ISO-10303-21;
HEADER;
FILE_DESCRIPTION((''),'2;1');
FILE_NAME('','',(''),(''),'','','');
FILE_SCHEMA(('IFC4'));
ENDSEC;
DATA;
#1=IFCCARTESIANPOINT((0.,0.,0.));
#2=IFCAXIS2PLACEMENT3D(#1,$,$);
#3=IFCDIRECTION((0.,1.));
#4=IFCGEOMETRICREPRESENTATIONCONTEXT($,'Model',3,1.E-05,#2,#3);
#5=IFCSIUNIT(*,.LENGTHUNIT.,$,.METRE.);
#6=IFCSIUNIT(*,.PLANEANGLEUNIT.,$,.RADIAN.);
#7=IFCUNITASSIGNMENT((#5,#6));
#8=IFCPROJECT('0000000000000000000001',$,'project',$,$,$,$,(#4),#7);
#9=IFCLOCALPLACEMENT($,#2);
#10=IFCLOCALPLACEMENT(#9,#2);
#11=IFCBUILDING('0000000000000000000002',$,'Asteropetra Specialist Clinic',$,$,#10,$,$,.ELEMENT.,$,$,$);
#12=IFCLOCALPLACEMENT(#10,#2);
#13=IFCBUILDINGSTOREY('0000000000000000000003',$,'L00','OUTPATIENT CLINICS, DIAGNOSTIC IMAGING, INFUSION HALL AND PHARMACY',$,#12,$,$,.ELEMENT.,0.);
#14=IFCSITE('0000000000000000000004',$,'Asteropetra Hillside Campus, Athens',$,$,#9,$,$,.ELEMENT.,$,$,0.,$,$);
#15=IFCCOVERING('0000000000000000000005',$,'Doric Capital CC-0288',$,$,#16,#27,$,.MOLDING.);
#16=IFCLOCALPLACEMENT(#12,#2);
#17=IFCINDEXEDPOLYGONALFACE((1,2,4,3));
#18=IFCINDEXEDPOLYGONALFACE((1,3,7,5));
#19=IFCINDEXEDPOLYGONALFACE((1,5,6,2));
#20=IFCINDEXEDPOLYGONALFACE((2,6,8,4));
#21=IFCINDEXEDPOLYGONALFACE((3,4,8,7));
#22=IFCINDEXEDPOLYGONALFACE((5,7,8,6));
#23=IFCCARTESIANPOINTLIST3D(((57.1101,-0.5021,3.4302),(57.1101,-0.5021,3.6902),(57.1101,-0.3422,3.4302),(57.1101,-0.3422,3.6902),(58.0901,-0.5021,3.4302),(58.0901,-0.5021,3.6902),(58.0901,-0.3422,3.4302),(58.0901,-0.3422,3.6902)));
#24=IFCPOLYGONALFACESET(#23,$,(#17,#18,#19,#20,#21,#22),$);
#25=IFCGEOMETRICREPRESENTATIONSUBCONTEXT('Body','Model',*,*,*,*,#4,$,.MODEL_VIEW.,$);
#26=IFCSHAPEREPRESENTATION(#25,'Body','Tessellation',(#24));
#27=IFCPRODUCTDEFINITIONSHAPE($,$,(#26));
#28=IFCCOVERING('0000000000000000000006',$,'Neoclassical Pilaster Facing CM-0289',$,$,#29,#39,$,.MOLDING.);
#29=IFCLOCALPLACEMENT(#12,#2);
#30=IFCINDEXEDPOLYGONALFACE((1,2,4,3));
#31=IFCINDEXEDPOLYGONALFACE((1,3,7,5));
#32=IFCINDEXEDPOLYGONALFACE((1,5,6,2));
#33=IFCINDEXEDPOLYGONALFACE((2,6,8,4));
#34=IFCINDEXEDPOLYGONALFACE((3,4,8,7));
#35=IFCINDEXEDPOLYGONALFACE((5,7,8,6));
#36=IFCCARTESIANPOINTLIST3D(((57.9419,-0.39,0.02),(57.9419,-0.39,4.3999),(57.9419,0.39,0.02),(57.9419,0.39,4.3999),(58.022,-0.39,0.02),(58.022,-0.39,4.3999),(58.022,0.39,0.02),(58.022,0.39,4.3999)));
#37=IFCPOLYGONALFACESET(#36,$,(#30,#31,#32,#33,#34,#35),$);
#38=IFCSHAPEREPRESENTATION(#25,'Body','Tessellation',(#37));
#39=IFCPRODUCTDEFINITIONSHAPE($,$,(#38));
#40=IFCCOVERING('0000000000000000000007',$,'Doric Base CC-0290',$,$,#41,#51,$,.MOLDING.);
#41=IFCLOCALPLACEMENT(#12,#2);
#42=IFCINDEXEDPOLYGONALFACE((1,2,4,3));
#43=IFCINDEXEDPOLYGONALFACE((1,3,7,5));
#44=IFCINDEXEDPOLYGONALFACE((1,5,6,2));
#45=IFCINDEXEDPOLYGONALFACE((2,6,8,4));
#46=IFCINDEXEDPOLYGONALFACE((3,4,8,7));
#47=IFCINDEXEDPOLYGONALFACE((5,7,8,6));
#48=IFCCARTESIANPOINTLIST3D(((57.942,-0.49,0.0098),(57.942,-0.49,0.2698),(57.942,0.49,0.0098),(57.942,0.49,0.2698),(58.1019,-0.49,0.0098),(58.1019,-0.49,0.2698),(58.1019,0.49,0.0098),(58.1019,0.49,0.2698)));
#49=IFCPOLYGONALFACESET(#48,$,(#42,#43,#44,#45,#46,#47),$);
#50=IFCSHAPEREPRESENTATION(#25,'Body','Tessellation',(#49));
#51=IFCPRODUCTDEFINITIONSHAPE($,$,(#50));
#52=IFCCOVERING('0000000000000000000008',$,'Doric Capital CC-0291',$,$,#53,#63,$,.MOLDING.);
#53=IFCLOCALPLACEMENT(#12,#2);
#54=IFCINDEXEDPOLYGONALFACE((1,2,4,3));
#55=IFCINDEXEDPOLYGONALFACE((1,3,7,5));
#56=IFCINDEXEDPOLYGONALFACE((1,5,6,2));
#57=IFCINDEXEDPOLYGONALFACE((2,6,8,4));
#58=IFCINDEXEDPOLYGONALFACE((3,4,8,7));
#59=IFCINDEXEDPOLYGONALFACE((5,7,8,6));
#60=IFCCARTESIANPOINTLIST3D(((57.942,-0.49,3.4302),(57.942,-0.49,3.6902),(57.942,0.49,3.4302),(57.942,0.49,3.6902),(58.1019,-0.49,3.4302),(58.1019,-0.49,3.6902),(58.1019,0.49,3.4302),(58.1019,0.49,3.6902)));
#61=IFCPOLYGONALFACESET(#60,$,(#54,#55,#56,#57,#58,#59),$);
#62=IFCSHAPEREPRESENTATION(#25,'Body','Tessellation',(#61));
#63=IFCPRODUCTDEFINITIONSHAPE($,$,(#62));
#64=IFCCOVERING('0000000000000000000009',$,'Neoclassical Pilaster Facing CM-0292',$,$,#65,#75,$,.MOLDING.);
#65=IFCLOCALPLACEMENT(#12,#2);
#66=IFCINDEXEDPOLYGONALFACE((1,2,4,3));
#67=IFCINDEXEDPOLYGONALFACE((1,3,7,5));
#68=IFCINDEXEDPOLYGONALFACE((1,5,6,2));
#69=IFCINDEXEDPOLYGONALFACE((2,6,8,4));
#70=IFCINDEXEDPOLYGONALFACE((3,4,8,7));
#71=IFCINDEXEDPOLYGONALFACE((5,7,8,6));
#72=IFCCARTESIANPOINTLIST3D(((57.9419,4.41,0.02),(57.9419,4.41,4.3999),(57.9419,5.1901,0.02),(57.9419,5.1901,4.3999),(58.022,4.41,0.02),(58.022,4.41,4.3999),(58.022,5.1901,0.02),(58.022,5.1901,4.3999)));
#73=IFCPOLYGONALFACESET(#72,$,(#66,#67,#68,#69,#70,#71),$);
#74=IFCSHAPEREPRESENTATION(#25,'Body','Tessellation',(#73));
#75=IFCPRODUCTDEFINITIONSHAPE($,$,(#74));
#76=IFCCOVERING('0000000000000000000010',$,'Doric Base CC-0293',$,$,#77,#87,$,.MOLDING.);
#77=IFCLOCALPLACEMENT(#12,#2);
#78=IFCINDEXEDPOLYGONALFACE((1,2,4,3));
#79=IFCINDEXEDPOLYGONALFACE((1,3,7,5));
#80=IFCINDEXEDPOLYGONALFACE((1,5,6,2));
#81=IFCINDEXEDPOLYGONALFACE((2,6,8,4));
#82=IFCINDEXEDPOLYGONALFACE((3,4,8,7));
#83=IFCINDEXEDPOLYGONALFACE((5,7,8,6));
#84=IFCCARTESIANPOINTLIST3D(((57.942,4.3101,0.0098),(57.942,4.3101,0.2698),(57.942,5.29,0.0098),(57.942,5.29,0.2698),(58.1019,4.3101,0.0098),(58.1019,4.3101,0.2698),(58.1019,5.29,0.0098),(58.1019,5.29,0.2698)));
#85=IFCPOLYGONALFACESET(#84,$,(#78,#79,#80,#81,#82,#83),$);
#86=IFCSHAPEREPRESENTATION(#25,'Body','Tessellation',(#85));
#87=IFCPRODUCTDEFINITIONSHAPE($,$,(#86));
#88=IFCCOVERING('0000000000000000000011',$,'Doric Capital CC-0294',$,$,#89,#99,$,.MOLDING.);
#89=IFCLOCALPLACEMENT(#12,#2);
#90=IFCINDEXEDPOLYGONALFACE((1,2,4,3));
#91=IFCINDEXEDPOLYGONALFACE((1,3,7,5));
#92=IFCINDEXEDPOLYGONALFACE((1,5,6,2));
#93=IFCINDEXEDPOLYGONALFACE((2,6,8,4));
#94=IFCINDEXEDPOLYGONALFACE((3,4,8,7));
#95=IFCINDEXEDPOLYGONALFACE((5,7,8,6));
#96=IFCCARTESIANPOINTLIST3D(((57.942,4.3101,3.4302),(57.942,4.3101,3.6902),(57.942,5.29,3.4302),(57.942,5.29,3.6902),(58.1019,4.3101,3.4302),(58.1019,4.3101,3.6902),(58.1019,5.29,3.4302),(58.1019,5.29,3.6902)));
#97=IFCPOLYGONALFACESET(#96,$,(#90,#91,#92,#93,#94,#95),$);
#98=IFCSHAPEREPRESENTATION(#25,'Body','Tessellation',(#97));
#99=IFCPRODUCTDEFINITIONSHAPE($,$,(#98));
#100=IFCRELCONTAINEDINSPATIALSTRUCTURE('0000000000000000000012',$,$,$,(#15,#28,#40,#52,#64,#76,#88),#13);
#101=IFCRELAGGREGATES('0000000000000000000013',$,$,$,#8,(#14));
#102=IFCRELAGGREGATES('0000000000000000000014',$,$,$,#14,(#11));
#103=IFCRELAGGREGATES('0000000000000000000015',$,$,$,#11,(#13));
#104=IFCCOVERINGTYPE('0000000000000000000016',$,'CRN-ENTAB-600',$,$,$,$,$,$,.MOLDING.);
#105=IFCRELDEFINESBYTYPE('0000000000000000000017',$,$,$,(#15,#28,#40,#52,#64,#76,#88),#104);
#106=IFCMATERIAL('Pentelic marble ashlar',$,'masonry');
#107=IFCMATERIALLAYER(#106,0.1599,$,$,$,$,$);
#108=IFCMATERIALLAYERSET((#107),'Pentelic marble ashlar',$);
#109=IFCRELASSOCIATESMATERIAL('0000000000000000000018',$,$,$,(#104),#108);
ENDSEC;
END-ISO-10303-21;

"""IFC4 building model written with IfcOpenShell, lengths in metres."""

from ifc_helpers import new_model, si_unit, direction, frame, origin, origin_2d, place, context, subcontext, project, spatial, rectangle, extrude, material, layer, layer_set, type_object, element, save


model = new_model("IFC4")

# Units and contexts
model_context = context("Model", 3, precision=1e-05, world=origin(), true_north=direction((0.0, 1.0)))
body_context = subcontext(model_context, "Body", "Model", "MODEL_VIEW")
ifc_project = project(units=[si_unit("LENGTHUNIT", "METRE"), si_unit("PLANEANGLEUNIT", "RADIAN")], contexts=[model_context])

# Site, building, storey
site_placement = place(None, origin())
site = spatial("IfcSite", under=ifc_project, at=site_placement, Name="Asteropetra Hillside Campus, Athens", CompositionType="ELEMENT", RefElevation=0.0)
building_placement = place(site_placement, origin())
building = spatial("IfcBuilding", under=site, at=building_placement, Name="Asteropetra Specialist Clinic", CompositionType="ELEMENT")
storey_placement = place(building_placement, origin())
storey = spatial("IfcBuildingStorey", under=building, at=storey_placement, Name="L00", Description="OUTPATIENT CLINICS, DIAGNOSTIC IMAGING, INFUSION HALL AND PHARMACY", CompositionType="ELEMENT", Elevation=0.0)

# Coverings
ifc_material_1 = material(Name="Pentelic marble ashlar", Category="masonry")
ifc_layer_1 = layer(ifc_material_1, 0.1599)
ifc_layer_set_1 = layer_set([ifc_layer_1], Name="Pentelic marble ashlar")
covering_type = type_object("IfcCoveringType", Name="CRN-ENTAB-600", PredefinedType="MOLDING", material=ifc_layer_set_1)
for number, where, z_axis, x_axis, name in (
    (1, (57.6001, -0.4221, 3.4302), (0.0, 0.0, 1.0), (1.0, 0.0, 0.0), "Doric Capital CC-0288"),
):
    element("IfcCovering", number, at=place(storey_placement, frame(where, z_axis=z_axis, x_axis=x_axis)), inside=storey, type_object=covering_type, Name=name, PredefinedType="MOLDING", context=body_context, shape_type="SweptSolid", body=[
        extrude(rectangle(XDim=0.98, YDim=0.1599, at=origin_2d()), origin(), (0.0, 0.0, 1.0), 0.26),
    ])
covering_1_placement = place(storey_placement, frame((57.9819, 0.0, 0.02), z_axis=(0.0, 0.0, 1.0), x_axis=(1.0, 0.0, 0.0)))
element("IfcCovering", 2, at=covering_1_placement, inside=storey, type_object=covering_type, Name="Neoclassical Pilaster Facing CM-0289", PredefinedType="MOLDING", context=body_context, shape_type="SweptSolid", body=[
    extrude(rectangle(XDim=0.0801, YDim=0.78, at=origin_2d()), origin(), (0.0, 0.0, 1.0), 4.3799),
])
for number, where, z_axis, x_axis, name in (
    (3, (58.022, 0.0, 0.0098), (0.0, 0.0, 1.0), (1.0, 0.0, 0.0), "Doric Base CC-0290"),
    (4, (58.022, 0.0, 3.4302), (0.0, 0.0, 1.0), (1.0, 0.0, 0.0), "Doric Capital CC-0291"),
):
    element("IfcCovering", number, at=place(storey_placement, frame(where, z_axis=z_axis, x_axis=x_axis)), inside=storey, type_object=covering_type, Name=name, PredefinedType="MOLDING", context=body_context, shape_type="SweptSolid", body=[
        extrude(rectangle(XDim=0.1599, YDim=0.98, at=origin_2d()), origin(), (0.0, 0.0, 1.0), 0.26),
    ])
covering_2_placement = place(storey_placement, frame((57.9819, 4.8, 0.02), z_axis=(0.0, 0.0, 1.0), x_axis=(1.0, 0.0, 0.0)))
element("IfcCovering", 5, at=covering_2_placement, inside=storey, type_object=covering_type, Name="Neoclassical Pilaster Facing CM-0292", PredefinedType="MOLDING", context=body_context, shape_type="SweptSolid", body=[
    extrude(rectangle(XDim=0.0801, YDim=0.78, at=origin_2d()), origin(), (0.0, 0.0, 1.0), 4.3799),
])
for number, where, z_axis, x_axis, name in (
    (6, (58.022, 4.8, 0.0098), (0.0, 0.0, 1.0), (1.0, 0.0, 0.0), "Doric Base CC-0293"),
    (7, (58.022, 4.8, 3.4302), (0.0, 0.0, 1.0), (1.0, 0.0, 0.0), "Doric Capital CC-0294"),
):
    element("IfcCovering", number, at=place(storey_placement, frame(where, z_axis=z_axis, x_axis=x_axis)), inside=storey, type_object=covering_type, Name=name, PredefinedType="MOLDING", context=body_context, shape_type="SweptSolid", body=[
        extrude(rectangle(XDim=0.1599, YDim=0.98, at=origin_2d()), origin(), (0.0, 0.0, 1.0), 0.26),
    ])

save(model, "model.ifc")
